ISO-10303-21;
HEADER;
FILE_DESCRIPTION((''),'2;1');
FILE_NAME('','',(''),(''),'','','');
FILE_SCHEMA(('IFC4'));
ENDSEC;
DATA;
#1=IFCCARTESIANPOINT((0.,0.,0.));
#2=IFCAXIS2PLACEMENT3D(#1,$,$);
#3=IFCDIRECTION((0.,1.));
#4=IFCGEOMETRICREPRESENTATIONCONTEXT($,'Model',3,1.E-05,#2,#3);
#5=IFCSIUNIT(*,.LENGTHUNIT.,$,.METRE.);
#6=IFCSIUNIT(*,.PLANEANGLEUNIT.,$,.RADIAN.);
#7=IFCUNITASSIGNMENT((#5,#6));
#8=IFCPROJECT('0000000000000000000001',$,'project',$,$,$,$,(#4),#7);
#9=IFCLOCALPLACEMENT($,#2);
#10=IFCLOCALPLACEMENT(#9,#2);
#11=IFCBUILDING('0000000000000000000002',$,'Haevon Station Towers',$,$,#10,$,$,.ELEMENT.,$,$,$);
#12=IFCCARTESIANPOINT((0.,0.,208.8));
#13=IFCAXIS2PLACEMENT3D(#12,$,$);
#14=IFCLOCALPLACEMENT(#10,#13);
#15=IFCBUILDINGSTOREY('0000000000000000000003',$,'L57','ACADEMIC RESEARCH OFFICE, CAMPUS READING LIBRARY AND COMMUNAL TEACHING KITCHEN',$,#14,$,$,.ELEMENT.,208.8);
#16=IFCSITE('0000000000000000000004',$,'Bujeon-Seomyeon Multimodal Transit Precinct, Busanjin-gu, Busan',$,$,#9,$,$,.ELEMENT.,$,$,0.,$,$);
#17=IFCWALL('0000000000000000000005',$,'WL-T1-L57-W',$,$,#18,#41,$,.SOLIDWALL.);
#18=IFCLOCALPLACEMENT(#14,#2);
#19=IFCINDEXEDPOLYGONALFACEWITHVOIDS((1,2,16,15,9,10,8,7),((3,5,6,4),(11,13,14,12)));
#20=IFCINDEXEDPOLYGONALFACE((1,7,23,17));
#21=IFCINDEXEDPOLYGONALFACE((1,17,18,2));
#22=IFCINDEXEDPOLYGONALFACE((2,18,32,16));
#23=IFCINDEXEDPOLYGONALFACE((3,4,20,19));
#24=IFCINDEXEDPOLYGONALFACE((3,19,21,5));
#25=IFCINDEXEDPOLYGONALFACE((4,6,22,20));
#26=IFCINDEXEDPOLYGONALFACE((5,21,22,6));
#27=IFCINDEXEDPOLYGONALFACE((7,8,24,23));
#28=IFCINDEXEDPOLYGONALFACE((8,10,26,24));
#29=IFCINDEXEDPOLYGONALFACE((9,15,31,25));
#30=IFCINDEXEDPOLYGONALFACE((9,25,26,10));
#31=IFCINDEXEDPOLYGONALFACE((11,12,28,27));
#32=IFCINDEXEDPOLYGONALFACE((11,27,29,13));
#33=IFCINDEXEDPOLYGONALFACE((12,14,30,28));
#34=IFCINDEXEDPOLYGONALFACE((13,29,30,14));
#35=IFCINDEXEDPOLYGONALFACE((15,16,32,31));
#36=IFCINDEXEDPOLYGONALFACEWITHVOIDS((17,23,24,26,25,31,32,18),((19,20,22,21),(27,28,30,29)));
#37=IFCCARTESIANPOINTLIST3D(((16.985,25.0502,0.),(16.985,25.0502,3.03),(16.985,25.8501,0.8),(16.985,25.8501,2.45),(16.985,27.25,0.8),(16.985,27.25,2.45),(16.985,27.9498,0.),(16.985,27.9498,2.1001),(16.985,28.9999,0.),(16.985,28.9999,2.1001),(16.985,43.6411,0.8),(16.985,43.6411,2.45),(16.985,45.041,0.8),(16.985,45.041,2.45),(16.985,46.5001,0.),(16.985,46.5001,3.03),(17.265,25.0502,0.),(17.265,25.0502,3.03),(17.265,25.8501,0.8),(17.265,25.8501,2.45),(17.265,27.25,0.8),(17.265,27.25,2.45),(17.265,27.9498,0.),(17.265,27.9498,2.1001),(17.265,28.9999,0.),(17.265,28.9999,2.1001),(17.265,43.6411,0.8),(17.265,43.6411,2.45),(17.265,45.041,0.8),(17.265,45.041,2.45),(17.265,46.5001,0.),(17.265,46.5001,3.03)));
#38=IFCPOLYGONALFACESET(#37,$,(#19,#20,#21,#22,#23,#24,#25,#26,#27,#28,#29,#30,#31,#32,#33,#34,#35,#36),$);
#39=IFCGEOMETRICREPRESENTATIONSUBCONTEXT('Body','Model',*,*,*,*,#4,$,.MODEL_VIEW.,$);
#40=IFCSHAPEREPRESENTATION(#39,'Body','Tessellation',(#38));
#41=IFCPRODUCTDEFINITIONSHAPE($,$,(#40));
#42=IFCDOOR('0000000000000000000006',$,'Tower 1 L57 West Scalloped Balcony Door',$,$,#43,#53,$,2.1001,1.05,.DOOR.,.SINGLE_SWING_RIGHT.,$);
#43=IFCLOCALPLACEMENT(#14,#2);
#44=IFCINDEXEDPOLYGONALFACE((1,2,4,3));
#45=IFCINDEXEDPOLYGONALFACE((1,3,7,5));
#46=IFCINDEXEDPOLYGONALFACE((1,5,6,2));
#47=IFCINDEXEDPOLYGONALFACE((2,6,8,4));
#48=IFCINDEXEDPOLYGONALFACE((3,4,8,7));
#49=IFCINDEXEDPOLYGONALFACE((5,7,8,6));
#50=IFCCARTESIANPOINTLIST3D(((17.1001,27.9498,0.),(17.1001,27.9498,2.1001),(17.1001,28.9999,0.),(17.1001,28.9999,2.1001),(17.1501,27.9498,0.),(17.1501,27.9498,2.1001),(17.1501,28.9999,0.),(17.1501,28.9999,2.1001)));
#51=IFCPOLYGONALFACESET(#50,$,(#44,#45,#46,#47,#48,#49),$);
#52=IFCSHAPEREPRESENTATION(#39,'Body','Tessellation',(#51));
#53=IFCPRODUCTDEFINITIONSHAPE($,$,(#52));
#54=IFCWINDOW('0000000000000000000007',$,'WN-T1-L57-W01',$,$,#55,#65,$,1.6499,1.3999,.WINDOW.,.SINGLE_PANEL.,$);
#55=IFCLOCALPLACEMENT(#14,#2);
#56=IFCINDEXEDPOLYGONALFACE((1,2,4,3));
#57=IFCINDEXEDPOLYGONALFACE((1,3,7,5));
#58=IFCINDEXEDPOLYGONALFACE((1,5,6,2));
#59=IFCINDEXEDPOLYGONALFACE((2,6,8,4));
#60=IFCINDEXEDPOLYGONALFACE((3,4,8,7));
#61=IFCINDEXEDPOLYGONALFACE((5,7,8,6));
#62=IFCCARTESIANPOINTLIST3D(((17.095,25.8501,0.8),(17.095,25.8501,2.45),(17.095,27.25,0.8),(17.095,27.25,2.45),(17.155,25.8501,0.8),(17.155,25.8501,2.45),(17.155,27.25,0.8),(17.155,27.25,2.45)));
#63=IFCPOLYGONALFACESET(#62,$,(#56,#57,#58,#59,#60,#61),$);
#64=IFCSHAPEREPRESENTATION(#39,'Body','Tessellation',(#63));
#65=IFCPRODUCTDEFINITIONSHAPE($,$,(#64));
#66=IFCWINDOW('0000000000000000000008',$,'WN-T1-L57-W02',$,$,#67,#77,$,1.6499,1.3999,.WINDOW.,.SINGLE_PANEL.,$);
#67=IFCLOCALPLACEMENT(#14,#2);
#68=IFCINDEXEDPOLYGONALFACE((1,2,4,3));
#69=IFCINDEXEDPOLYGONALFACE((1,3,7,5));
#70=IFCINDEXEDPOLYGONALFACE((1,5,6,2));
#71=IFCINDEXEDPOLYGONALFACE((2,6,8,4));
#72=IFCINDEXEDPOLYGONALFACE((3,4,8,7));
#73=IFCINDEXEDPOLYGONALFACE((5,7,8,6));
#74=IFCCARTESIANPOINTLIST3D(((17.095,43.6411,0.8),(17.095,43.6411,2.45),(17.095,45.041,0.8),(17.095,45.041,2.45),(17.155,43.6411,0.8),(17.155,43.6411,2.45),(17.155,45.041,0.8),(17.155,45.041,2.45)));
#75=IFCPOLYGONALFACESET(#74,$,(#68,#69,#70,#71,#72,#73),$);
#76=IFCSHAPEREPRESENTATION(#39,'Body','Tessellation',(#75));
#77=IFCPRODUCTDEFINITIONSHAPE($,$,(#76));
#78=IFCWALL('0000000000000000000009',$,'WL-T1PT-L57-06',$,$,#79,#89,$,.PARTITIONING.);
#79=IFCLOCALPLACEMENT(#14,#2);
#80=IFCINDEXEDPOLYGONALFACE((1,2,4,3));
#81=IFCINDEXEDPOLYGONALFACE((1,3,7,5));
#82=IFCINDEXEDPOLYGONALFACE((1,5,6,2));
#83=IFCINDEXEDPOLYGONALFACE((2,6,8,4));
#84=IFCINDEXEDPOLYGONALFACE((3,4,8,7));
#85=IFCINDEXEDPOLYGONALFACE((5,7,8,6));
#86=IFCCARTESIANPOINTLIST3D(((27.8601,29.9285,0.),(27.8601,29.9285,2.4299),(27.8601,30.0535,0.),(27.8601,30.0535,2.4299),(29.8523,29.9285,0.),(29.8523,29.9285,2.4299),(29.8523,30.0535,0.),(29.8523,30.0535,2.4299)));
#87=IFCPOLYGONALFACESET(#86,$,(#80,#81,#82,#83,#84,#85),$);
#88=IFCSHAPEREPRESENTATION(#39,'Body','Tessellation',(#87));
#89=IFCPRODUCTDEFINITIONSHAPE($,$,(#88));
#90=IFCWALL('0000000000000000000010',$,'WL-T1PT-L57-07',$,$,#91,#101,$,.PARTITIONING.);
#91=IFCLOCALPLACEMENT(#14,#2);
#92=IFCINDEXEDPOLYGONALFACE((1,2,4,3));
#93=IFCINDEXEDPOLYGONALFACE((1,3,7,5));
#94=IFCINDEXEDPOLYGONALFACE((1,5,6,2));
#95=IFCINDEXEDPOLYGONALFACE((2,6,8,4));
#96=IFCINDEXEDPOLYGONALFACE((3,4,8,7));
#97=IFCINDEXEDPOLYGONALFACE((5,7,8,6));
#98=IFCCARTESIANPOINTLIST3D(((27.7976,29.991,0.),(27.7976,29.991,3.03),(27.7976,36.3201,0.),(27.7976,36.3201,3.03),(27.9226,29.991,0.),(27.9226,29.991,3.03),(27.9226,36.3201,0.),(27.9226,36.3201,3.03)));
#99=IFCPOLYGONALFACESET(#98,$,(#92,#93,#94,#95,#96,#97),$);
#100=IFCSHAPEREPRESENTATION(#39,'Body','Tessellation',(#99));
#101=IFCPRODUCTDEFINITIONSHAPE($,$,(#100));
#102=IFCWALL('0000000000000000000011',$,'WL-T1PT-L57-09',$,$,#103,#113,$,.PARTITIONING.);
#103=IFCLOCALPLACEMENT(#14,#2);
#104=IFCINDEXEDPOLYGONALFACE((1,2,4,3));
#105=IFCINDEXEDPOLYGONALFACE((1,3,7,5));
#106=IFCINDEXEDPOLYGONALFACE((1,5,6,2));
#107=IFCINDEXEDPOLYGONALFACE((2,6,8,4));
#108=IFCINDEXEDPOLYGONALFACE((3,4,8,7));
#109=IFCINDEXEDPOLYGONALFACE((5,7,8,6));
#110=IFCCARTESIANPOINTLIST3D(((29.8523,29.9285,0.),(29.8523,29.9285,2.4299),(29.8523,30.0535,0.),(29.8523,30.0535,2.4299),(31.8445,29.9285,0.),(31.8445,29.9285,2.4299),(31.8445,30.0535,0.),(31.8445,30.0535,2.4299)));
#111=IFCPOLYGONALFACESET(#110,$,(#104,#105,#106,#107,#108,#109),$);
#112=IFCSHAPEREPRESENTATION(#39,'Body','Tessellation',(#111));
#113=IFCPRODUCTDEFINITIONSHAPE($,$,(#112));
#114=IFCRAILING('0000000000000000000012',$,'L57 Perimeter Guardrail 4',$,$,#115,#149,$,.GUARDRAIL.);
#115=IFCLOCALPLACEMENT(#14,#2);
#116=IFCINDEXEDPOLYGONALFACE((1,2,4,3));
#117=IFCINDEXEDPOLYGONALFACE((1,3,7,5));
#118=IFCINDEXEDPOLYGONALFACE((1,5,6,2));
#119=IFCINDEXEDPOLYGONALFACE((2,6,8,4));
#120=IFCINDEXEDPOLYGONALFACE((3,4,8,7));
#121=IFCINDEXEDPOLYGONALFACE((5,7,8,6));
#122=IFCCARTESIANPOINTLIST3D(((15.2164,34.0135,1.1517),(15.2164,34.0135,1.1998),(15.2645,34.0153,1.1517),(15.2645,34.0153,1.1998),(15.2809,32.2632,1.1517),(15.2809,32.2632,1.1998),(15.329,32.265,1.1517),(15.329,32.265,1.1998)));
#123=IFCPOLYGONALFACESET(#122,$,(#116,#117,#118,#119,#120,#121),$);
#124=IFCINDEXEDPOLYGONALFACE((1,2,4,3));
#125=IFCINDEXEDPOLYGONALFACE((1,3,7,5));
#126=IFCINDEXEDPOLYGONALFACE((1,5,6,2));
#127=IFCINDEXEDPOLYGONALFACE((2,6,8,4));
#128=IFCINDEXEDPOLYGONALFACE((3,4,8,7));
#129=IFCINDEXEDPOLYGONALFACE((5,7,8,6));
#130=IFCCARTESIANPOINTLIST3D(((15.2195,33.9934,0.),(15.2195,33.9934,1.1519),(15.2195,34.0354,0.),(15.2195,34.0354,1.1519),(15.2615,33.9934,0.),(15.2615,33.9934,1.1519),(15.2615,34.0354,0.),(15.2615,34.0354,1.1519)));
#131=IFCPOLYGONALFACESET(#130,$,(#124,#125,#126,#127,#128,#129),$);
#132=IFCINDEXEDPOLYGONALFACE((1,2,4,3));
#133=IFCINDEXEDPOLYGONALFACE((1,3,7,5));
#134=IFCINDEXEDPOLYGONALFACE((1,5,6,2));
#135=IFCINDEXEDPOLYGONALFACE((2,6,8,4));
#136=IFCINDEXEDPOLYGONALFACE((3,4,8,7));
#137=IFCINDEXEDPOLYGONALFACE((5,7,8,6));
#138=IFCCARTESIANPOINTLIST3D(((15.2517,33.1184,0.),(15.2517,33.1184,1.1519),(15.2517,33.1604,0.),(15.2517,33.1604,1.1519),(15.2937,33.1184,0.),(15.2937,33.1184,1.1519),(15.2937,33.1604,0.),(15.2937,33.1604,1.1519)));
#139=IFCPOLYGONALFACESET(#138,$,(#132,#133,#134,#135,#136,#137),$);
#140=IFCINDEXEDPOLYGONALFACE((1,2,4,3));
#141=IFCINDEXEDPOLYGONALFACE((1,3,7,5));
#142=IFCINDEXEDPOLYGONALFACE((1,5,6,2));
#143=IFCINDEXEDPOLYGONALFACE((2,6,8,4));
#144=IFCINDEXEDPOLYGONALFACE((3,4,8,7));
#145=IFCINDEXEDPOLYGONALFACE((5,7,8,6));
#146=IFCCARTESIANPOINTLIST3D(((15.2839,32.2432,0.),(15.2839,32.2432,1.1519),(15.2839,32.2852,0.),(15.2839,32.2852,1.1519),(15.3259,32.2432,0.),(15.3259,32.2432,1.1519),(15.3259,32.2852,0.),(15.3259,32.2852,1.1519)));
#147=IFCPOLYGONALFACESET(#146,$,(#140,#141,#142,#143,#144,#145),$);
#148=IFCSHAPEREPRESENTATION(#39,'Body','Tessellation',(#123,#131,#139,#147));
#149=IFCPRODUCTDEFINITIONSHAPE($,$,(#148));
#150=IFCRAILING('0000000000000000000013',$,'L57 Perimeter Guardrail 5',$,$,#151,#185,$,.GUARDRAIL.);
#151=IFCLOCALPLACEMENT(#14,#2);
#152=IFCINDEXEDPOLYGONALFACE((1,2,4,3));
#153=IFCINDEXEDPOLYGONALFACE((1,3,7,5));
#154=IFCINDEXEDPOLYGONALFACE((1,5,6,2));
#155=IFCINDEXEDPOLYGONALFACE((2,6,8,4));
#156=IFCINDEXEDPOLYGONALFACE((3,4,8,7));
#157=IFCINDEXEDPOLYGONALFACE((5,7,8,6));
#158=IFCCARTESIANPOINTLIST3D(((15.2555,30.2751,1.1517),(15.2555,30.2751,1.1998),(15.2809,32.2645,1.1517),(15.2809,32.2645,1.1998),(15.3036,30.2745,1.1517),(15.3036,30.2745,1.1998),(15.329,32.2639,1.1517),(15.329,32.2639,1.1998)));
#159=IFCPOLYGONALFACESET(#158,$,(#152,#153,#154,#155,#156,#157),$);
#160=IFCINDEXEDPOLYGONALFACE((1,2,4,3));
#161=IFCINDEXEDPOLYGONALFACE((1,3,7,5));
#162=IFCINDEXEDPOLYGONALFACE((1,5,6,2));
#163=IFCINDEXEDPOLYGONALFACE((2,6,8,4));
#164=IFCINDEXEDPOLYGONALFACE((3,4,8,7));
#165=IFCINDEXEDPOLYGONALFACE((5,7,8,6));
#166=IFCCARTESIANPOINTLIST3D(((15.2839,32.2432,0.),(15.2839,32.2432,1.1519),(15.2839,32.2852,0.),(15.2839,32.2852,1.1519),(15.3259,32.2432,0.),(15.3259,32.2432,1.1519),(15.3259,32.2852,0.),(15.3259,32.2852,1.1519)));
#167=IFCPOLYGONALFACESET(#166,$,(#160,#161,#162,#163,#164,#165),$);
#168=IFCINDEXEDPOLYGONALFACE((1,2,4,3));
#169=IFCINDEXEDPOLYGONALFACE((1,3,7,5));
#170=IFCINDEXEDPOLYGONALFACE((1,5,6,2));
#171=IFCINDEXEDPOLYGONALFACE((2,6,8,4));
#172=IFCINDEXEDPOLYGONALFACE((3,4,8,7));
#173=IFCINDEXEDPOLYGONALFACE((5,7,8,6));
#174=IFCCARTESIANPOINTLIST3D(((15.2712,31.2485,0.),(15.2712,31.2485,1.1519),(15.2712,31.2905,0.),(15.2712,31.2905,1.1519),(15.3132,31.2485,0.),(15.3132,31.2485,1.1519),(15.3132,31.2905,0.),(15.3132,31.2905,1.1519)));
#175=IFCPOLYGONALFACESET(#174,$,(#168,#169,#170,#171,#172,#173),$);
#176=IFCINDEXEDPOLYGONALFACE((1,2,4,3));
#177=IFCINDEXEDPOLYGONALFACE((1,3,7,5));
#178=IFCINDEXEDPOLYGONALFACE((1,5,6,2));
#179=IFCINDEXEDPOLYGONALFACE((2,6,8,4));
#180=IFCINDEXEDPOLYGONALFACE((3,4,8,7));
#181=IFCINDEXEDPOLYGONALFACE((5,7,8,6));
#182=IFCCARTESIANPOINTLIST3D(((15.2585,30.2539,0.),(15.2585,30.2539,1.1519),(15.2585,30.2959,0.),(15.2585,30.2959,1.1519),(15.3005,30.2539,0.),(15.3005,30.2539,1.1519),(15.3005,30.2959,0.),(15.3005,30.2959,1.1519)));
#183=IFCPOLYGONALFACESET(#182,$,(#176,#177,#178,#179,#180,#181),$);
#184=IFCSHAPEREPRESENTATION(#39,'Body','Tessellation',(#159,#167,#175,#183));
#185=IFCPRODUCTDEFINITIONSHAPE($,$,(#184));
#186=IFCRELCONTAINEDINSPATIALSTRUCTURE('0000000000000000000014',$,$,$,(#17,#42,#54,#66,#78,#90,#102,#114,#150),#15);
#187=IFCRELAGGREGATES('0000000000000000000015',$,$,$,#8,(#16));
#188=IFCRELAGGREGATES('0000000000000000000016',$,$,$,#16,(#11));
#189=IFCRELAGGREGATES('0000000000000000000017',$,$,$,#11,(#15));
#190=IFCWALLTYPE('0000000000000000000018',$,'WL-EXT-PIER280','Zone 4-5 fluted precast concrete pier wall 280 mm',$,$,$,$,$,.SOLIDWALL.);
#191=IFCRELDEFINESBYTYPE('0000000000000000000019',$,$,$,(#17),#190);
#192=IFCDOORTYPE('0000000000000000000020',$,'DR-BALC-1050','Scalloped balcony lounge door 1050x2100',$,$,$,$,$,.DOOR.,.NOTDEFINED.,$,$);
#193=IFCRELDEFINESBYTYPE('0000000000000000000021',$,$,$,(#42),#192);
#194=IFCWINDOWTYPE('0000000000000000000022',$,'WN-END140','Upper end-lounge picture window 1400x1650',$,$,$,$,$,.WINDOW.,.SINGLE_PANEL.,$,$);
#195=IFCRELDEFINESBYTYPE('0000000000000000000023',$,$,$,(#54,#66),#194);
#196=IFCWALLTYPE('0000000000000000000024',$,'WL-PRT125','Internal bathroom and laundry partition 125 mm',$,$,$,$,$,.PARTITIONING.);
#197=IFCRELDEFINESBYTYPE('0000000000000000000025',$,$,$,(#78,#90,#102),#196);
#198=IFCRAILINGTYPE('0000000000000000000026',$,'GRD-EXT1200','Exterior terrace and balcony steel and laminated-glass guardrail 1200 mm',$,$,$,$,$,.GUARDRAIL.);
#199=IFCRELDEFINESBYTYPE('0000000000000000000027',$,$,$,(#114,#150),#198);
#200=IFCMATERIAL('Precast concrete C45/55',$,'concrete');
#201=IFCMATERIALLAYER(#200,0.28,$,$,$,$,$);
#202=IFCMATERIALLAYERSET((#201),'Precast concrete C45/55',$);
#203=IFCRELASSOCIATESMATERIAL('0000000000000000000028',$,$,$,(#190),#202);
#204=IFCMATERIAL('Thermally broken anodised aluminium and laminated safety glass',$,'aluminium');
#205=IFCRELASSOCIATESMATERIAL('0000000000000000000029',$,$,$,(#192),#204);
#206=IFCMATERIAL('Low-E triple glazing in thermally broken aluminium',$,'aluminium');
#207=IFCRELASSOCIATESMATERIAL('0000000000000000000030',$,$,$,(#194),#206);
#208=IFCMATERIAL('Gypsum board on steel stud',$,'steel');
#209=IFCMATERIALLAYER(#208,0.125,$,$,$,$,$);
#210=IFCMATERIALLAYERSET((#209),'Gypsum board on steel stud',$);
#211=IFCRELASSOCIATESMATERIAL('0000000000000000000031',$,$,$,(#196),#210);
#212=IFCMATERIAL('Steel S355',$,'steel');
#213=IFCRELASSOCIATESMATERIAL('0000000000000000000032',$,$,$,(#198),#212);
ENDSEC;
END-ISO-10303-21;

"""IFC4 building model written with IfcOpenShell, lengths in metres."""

from ifc_helpers import new_model, si_unit, direction, frame, frame_2d, origin, origin_2d, place, context, subcontext, project, spatial, rectangle, extrude, material, layer, layer_set, type_object, element, fill, save


model = new_model("IFC4")

# Units and contexts
model_context = context("Model", 3, precision=1e-05, world=origin(), true_north=direction((0.0, 1.0)))
body_context = subcontext(model_context, "Body", "Model", "MODEL_VIEW")
ifc_project = project(units=[si_unit("LENGTHUNIT", "METRE"), si_unit("PLANEANGLEUNIT", "RADIAN")], contexts=[model_context])

# Site, building, storey
site_placement = place(None, origin())
site = spatial("IfcSite", under=ifc_project, at=site_placement, Name="Bujeon-Seomyeon Multimodal Transit Precinct, Busanjin-gu, Busan", CompositionType="ELEMENT", RefElevation=0.0)
building_placement = place(site_placement, origin())
building = spatial("IfcBuilding", under=site, at=building_placement, Name="Haevon Station Towers", CompositionType="ELEMENT")
storey_placement = place(building_placement, frame((0.0, 0.0, 208.8)))
storey = spatial("IfcBuildingStorey", under=building, at=storey_placement, Name="L57", Description="ACADEMIC RESEARCH OFFICE, CAMPUS READING LIBRARY AND COMMUNAL TEACHING KITCHEN", CompositionType="ELEMENT", Elevation=208.8)

# Shared definitions
ifc_material_1 = material(Name="Steel S355", Category="steel")

# Wall, openings, door, windows
ifc_material_2 = material(Name="Precast concrete C45/55", Category="concrete")
ifc_layer_1 = layer(ifc_material_2, 0.28)
ifc_layer_set_1 = layer_set([ifc_layer_1], Name="Precast concrete C45/55")
wall_type_1 = type_object("IfcWallType", Name="WL-EXT-PIER280", Description="Zone 4-5 fluted precast concrete pier wall 280 mm", PredefinedType="SOLIDWALL", material=ifc_layer_set_1)
wall_1_placement = place(storey_placement, frame((17.125, 25.05, 0.0), z_axis=(0.0, 0.0, 1.0), x_axis=(0.0, 1.0, 0.0)))
wall_1 = element("IfcWall", 1, at=wall_1_placement, inside=storey, type_object=wall_type_1, Name="WL-T1-L57-W", PredefinedType="SOLIDWALL", context=body_context, shape_type="SweptSolid", body=[
    extrude(rectangle(XDim=21.45, YDim=0.28, at=frame_2d((10.7251, 0.0))), origin(), (0.0, 0.0, 1.0), 3.03),
])
opening_1_placement = place(wall_1_placement, frame((2.8999, 0.0, 0.0)))
opening_1 = element("IfcOpeningElement", 2, at=opening_1_placement, cuts=wall_1, PredefinedType="OPENING", context=body_context, shape_type="SweptSolid", body=[
    extrude(rectangle(XDim=1.05, YDim=2.1001, at=frame_2d((0.5249, 1.05))), frame((0.0, 0.1499, 0.0), z_axis=(0.0, -1.0, 0.0), x_axis=(1.0, 0.0, 0.0)), (0.0, 0.0, 1.0), 0.3),
])
opening_2_placement = place(wall_1_placement, frame((0.8, 0.0, 0.8)))
opening_2 = element("IfcOpeningElement", 3, at=opening_2_placement, cuts=wall_1, PredefinedType="OPENING", context=body_context, shape_type="SweptSolid", body=[
    extrude(rectangle(XDim=1.3999, YDim=1.6499, at=frame_2d((0.7, 0.825))), frame((0.0, 0.1499, 0.0), z_axis=(0.0, -1.0, 0.0), x_axis=(1.0, 0.0, 0.0)), (0.0, 0.0, 1.0), 0.3),
])
opening_3_placement = place(wall_1_placement, frame((18.5911, 0.0, 0.8)))
opening_3 = element("IfcOpeningElement", 4, at=opening_3_placement, cuts=wall_1, PredefinedType="OPENING", context=body_context, shape_type="SweptSolid", body=[
    extrude(rectangle(XDim=1.3999, YDim=1.6499, at=frame_2d((0.7, 0.825))), frame((0.0, 0.1499, 0.0), z_axis=(0.0, -1.0, 0.0), x_axis=(1.0, 0.0, 0.0)), (0.0, 0.0, 1.0), 0.3),
])
ifc_material_3 = material(Name="Thermally broken anodised aluminium and laminated safety glass", Category="aluminium")
door_type = type_object("IfcDoorType", Name="DR-BALC-1050", Description="Scalloped balcony lounge door 1050x2100", OperationType="NOTDEFINED", PredefinedType="DOOR", material=ifc_material_3)
door_placement = place(opening_1_placement, origin())
door = element("IfcDoor", 5, at=door_placement, inside=storey, type_object=door_type, Name="Tower 1 L57 West Scalloped Balcony Door", OperationType="SINGLE_SWING_RIGHT", OverallHeight=2.1001, OverallWidth=1.05, PredefinedType="DOOR", context=body_context, shape_type="SweptSolid", body=[
    extrude(rectangle(XDim=1.05, YDim=2.1001, at=frame_2d((0.5249, 1.05))), frame((0.0, 0.0249, 0.0), z_axis=(0.0, -1.0, 0.0), x_axis=(1.0, 0.0, 0.0)), (0.0, 0.0, 1.0), 0.05),
])
fill(opening_1, door)
ifc_material_4 = material(Name="Low-E triple glazing in thermally broken aluminium", Category="aluminium")
window_type = type_object("IfcWindowType", Name="WN-END140", Description="Upper end-lounge picture window 1400x1650", PartitioningType="SINGLE_PANEL", PredefinedType="WINDOW", material=ifc_material_4)
window_1_placement = place(opening_2_placement, origin())
window_1 = element("IfcWindow", 6, at=window_1_placement, inside=storey, type_object=window_type, Name="WN-T1-L57-W01", OverallHeight=1.6499, OverallWidth=1.3999, PartitioningType="SINGLE_PANEL", PredefinedType="WINDOW", context=body_context, shape_type="SweptSolid", body=[
    extrude(rectangle(XDim=1.3999, YDim=1.6499, at=frame_2d((0.7, 0.825))), frame((0.0, 0.03, 0.0), z_axis=(0.0, -1.0, 0.0), x_axis=(1.0, 0.0, 0.0)), (0.0, 0.0, 1.0), 0.0601),
])
fill(opening_2, window_1)
window_2_placement = place(opening_3_placement, origin())
window_2 = element("IfcWindow", 7, at=window_2_placement, inside=storey, type_object=window_type, Name="WN-T1-L57-W02", OverallHeight=1.6499, OverallWidth=1.3999, PartitioningType="SINGLE_PANEL", PredefinedType="WINDOW", context=body_context, shape_type="SweptSolid", body=[
    extrude(rectangle(XDim=1.3999, YDim=1.6499, at=frame_2d((0.7, 0.825))), frame((0.0, 0.03, 0.0), z_axis=(0.0, -1.0, 0.0), x_axis=(1.0, 0.0, 0.0)), (0.0, 0.0, 1.0), 0.0601),
])
fill(opening_3, window_2)

# Walls
ifc_material_5 = material(Name="Gypsum board on steel stud", Category="steel")
ifc_layer_2 = layer(ifc_material_5, 0.125)
ifc_layer_set_2 = layer_set([ifc_layer_2], Name="Gypsum board on steel stud")
wall_type_2 = type_object("IfcWallType", Name="WL-PRT125", Description="Internal bathroom and laundry partition 125 mm", PredefinedType="PARTITIONING", material=ifc_layer_set_2)
wall_2_placement = place(storey_placement, frame((27.8601, 29.991, 0.0), z_axis=(0.0, 0.0, 1.0), x_axis=(1.0, 0.0, 0.0)))
element("IfcWall", 8, at=wall_2_placement, inside=storey, type_object=wall_type_2, Name="WL-T1PT-L57-06", PredefinedType="PARTITIONING", context=body_context, shape_type="SweptSolid", body=[
    extrude(rectangle(XDim=1.9922, YDim=0.125, at=frame_2d((0.9961, 0.0))), origin(), (0.0, 0.0, 1.0), 2.4299),
])
wall_3_placement = place(storey_placement, frame((27.8601, 29.991, 0.0), z_axis=(0.0, 0.0, 1.0), x_axis=(0.0, 1.0, 0.0)))
element("IfcWall", 9, at=wall_3_placement, inside=storey, type_object=wall_type_2, Name="WL-T1PT-L57-07", PredefinedType="PARTITIONING", context=body_context, shape_type="SweptSolid", body=[
    extrude(rectangle(XDim=6.3291, YDim=0.125, at=frame_2d((3.1646, 0.0))), origin(), (0.0, 0.0, 1.0), 3.03),
])
wall_4_placement = place(storey_placement, frame((29.8523, 29.991, 0.0), z_axis=(0.0, 0.0, 1.0), x_axis=(1.0, 0.0, 0.0)))
element("IfcWall", 10, at=wall_4_placement, inside=storey, type_object=wall_type_2, Name="WL-T1PT-L57-09", PredefinedType="PARTITIONING", context=body_context, shape_type="SweptSolid", body=[
    extrude(rectangle(XDim=1.9922, YDim=0.125, at=frame_2d((0.9961, 0.0))), origin(), (0.0, 0.0, 1.0), 2.4299),
])

# Railings
railing_type = type_object("IfcRailingType", Name="GRD-EXT1200", Description="Exterior terrace and balcony steel and laminated-glass guardrail 1200 mm", PredefinedType="GUARDRAIL", material=ifc_material_1)
railing_1_placement = place(storey_placement, frame((15.2405, 34.0144, 0.0)))
element("IfcRailing", 11, at=railing_1_placement, inside=storey, type_object=railing_type, Name="L57 Perimeter Guardrail 4", PredefinedType="GUARDRAIL", context=body_context, shape_type="SweptSolid", body=[
    extrude(rectangle(XDim=0.0481, YDim=0.0481, at=origin_2d()), frame((0.0, 0.0, 1.1758), z_axis=(0.0368, -0.999323, 0.0), x_axis=(0.999323, 0.0368, 0.0)), (0.0, 0.0, 1.0), 1.7515),
    extrude(rectangle(XDim=0.042, YDim=0.042, at=origin_2d()), origin(), (0.0, 0.0, 1.0), 1.1519),
    extrude(rectangle(XDim=0.042, YDim=0.042, at=origin_2d()), frame((0.0322, -0.875, 0.0)), (0.0, 0.0, 1.0), 1.1519),
    extrude(rectangle(XDim=0.042, YDim=0.042, at=origin_2d()), frame((0.0645, -1.7502, 0.0)), (0.0, 0.0, 1.0), 1.1519),
])
railing_2_placement = place(storey_placement, frame((15.3049, 32.2642, 0.0)))
element("IfcRailing", 12, at=railing_2_placement, inside=storey, type_object=railing_type, Name="L57 Perimeter Guardrail 5", PredefinedType="GUARDRAIL", context=body_context, shape_type="SweptSolid", body=[
    extrude(rectangle(XDim=0.0481, YDim=0.0481, at=origin_2d()), frame((0.0, 0.0, 1.1758), z_axis=(-0.012763, -0.999919, 0.0), x_axis=(0.999919, -0.012763, 0.0)), (0.0, 0.0, 1.0), 1.9895),
    extrude(rectangle(XDim=0.042, YDim=0.042, at=origin_2d()), origin(), (0.0, 0.0, 1.0), 1.1519),
    extrude(rectangle(XDim=0.042, YDim=0.042, at=origin_2d()), frame((-0.0127, -0.9946, 0.0)), (0.0, 0.0, 1.0), 1.1519),
    extrude(rectangle(XDim=0.042, YDim=0.042, at=origin_2d()), frame((-0.0254, -1.9893, 0.0)), (0.0, 0.0, 1.0), 1.1519),
])

save(model, "model.ifc")
